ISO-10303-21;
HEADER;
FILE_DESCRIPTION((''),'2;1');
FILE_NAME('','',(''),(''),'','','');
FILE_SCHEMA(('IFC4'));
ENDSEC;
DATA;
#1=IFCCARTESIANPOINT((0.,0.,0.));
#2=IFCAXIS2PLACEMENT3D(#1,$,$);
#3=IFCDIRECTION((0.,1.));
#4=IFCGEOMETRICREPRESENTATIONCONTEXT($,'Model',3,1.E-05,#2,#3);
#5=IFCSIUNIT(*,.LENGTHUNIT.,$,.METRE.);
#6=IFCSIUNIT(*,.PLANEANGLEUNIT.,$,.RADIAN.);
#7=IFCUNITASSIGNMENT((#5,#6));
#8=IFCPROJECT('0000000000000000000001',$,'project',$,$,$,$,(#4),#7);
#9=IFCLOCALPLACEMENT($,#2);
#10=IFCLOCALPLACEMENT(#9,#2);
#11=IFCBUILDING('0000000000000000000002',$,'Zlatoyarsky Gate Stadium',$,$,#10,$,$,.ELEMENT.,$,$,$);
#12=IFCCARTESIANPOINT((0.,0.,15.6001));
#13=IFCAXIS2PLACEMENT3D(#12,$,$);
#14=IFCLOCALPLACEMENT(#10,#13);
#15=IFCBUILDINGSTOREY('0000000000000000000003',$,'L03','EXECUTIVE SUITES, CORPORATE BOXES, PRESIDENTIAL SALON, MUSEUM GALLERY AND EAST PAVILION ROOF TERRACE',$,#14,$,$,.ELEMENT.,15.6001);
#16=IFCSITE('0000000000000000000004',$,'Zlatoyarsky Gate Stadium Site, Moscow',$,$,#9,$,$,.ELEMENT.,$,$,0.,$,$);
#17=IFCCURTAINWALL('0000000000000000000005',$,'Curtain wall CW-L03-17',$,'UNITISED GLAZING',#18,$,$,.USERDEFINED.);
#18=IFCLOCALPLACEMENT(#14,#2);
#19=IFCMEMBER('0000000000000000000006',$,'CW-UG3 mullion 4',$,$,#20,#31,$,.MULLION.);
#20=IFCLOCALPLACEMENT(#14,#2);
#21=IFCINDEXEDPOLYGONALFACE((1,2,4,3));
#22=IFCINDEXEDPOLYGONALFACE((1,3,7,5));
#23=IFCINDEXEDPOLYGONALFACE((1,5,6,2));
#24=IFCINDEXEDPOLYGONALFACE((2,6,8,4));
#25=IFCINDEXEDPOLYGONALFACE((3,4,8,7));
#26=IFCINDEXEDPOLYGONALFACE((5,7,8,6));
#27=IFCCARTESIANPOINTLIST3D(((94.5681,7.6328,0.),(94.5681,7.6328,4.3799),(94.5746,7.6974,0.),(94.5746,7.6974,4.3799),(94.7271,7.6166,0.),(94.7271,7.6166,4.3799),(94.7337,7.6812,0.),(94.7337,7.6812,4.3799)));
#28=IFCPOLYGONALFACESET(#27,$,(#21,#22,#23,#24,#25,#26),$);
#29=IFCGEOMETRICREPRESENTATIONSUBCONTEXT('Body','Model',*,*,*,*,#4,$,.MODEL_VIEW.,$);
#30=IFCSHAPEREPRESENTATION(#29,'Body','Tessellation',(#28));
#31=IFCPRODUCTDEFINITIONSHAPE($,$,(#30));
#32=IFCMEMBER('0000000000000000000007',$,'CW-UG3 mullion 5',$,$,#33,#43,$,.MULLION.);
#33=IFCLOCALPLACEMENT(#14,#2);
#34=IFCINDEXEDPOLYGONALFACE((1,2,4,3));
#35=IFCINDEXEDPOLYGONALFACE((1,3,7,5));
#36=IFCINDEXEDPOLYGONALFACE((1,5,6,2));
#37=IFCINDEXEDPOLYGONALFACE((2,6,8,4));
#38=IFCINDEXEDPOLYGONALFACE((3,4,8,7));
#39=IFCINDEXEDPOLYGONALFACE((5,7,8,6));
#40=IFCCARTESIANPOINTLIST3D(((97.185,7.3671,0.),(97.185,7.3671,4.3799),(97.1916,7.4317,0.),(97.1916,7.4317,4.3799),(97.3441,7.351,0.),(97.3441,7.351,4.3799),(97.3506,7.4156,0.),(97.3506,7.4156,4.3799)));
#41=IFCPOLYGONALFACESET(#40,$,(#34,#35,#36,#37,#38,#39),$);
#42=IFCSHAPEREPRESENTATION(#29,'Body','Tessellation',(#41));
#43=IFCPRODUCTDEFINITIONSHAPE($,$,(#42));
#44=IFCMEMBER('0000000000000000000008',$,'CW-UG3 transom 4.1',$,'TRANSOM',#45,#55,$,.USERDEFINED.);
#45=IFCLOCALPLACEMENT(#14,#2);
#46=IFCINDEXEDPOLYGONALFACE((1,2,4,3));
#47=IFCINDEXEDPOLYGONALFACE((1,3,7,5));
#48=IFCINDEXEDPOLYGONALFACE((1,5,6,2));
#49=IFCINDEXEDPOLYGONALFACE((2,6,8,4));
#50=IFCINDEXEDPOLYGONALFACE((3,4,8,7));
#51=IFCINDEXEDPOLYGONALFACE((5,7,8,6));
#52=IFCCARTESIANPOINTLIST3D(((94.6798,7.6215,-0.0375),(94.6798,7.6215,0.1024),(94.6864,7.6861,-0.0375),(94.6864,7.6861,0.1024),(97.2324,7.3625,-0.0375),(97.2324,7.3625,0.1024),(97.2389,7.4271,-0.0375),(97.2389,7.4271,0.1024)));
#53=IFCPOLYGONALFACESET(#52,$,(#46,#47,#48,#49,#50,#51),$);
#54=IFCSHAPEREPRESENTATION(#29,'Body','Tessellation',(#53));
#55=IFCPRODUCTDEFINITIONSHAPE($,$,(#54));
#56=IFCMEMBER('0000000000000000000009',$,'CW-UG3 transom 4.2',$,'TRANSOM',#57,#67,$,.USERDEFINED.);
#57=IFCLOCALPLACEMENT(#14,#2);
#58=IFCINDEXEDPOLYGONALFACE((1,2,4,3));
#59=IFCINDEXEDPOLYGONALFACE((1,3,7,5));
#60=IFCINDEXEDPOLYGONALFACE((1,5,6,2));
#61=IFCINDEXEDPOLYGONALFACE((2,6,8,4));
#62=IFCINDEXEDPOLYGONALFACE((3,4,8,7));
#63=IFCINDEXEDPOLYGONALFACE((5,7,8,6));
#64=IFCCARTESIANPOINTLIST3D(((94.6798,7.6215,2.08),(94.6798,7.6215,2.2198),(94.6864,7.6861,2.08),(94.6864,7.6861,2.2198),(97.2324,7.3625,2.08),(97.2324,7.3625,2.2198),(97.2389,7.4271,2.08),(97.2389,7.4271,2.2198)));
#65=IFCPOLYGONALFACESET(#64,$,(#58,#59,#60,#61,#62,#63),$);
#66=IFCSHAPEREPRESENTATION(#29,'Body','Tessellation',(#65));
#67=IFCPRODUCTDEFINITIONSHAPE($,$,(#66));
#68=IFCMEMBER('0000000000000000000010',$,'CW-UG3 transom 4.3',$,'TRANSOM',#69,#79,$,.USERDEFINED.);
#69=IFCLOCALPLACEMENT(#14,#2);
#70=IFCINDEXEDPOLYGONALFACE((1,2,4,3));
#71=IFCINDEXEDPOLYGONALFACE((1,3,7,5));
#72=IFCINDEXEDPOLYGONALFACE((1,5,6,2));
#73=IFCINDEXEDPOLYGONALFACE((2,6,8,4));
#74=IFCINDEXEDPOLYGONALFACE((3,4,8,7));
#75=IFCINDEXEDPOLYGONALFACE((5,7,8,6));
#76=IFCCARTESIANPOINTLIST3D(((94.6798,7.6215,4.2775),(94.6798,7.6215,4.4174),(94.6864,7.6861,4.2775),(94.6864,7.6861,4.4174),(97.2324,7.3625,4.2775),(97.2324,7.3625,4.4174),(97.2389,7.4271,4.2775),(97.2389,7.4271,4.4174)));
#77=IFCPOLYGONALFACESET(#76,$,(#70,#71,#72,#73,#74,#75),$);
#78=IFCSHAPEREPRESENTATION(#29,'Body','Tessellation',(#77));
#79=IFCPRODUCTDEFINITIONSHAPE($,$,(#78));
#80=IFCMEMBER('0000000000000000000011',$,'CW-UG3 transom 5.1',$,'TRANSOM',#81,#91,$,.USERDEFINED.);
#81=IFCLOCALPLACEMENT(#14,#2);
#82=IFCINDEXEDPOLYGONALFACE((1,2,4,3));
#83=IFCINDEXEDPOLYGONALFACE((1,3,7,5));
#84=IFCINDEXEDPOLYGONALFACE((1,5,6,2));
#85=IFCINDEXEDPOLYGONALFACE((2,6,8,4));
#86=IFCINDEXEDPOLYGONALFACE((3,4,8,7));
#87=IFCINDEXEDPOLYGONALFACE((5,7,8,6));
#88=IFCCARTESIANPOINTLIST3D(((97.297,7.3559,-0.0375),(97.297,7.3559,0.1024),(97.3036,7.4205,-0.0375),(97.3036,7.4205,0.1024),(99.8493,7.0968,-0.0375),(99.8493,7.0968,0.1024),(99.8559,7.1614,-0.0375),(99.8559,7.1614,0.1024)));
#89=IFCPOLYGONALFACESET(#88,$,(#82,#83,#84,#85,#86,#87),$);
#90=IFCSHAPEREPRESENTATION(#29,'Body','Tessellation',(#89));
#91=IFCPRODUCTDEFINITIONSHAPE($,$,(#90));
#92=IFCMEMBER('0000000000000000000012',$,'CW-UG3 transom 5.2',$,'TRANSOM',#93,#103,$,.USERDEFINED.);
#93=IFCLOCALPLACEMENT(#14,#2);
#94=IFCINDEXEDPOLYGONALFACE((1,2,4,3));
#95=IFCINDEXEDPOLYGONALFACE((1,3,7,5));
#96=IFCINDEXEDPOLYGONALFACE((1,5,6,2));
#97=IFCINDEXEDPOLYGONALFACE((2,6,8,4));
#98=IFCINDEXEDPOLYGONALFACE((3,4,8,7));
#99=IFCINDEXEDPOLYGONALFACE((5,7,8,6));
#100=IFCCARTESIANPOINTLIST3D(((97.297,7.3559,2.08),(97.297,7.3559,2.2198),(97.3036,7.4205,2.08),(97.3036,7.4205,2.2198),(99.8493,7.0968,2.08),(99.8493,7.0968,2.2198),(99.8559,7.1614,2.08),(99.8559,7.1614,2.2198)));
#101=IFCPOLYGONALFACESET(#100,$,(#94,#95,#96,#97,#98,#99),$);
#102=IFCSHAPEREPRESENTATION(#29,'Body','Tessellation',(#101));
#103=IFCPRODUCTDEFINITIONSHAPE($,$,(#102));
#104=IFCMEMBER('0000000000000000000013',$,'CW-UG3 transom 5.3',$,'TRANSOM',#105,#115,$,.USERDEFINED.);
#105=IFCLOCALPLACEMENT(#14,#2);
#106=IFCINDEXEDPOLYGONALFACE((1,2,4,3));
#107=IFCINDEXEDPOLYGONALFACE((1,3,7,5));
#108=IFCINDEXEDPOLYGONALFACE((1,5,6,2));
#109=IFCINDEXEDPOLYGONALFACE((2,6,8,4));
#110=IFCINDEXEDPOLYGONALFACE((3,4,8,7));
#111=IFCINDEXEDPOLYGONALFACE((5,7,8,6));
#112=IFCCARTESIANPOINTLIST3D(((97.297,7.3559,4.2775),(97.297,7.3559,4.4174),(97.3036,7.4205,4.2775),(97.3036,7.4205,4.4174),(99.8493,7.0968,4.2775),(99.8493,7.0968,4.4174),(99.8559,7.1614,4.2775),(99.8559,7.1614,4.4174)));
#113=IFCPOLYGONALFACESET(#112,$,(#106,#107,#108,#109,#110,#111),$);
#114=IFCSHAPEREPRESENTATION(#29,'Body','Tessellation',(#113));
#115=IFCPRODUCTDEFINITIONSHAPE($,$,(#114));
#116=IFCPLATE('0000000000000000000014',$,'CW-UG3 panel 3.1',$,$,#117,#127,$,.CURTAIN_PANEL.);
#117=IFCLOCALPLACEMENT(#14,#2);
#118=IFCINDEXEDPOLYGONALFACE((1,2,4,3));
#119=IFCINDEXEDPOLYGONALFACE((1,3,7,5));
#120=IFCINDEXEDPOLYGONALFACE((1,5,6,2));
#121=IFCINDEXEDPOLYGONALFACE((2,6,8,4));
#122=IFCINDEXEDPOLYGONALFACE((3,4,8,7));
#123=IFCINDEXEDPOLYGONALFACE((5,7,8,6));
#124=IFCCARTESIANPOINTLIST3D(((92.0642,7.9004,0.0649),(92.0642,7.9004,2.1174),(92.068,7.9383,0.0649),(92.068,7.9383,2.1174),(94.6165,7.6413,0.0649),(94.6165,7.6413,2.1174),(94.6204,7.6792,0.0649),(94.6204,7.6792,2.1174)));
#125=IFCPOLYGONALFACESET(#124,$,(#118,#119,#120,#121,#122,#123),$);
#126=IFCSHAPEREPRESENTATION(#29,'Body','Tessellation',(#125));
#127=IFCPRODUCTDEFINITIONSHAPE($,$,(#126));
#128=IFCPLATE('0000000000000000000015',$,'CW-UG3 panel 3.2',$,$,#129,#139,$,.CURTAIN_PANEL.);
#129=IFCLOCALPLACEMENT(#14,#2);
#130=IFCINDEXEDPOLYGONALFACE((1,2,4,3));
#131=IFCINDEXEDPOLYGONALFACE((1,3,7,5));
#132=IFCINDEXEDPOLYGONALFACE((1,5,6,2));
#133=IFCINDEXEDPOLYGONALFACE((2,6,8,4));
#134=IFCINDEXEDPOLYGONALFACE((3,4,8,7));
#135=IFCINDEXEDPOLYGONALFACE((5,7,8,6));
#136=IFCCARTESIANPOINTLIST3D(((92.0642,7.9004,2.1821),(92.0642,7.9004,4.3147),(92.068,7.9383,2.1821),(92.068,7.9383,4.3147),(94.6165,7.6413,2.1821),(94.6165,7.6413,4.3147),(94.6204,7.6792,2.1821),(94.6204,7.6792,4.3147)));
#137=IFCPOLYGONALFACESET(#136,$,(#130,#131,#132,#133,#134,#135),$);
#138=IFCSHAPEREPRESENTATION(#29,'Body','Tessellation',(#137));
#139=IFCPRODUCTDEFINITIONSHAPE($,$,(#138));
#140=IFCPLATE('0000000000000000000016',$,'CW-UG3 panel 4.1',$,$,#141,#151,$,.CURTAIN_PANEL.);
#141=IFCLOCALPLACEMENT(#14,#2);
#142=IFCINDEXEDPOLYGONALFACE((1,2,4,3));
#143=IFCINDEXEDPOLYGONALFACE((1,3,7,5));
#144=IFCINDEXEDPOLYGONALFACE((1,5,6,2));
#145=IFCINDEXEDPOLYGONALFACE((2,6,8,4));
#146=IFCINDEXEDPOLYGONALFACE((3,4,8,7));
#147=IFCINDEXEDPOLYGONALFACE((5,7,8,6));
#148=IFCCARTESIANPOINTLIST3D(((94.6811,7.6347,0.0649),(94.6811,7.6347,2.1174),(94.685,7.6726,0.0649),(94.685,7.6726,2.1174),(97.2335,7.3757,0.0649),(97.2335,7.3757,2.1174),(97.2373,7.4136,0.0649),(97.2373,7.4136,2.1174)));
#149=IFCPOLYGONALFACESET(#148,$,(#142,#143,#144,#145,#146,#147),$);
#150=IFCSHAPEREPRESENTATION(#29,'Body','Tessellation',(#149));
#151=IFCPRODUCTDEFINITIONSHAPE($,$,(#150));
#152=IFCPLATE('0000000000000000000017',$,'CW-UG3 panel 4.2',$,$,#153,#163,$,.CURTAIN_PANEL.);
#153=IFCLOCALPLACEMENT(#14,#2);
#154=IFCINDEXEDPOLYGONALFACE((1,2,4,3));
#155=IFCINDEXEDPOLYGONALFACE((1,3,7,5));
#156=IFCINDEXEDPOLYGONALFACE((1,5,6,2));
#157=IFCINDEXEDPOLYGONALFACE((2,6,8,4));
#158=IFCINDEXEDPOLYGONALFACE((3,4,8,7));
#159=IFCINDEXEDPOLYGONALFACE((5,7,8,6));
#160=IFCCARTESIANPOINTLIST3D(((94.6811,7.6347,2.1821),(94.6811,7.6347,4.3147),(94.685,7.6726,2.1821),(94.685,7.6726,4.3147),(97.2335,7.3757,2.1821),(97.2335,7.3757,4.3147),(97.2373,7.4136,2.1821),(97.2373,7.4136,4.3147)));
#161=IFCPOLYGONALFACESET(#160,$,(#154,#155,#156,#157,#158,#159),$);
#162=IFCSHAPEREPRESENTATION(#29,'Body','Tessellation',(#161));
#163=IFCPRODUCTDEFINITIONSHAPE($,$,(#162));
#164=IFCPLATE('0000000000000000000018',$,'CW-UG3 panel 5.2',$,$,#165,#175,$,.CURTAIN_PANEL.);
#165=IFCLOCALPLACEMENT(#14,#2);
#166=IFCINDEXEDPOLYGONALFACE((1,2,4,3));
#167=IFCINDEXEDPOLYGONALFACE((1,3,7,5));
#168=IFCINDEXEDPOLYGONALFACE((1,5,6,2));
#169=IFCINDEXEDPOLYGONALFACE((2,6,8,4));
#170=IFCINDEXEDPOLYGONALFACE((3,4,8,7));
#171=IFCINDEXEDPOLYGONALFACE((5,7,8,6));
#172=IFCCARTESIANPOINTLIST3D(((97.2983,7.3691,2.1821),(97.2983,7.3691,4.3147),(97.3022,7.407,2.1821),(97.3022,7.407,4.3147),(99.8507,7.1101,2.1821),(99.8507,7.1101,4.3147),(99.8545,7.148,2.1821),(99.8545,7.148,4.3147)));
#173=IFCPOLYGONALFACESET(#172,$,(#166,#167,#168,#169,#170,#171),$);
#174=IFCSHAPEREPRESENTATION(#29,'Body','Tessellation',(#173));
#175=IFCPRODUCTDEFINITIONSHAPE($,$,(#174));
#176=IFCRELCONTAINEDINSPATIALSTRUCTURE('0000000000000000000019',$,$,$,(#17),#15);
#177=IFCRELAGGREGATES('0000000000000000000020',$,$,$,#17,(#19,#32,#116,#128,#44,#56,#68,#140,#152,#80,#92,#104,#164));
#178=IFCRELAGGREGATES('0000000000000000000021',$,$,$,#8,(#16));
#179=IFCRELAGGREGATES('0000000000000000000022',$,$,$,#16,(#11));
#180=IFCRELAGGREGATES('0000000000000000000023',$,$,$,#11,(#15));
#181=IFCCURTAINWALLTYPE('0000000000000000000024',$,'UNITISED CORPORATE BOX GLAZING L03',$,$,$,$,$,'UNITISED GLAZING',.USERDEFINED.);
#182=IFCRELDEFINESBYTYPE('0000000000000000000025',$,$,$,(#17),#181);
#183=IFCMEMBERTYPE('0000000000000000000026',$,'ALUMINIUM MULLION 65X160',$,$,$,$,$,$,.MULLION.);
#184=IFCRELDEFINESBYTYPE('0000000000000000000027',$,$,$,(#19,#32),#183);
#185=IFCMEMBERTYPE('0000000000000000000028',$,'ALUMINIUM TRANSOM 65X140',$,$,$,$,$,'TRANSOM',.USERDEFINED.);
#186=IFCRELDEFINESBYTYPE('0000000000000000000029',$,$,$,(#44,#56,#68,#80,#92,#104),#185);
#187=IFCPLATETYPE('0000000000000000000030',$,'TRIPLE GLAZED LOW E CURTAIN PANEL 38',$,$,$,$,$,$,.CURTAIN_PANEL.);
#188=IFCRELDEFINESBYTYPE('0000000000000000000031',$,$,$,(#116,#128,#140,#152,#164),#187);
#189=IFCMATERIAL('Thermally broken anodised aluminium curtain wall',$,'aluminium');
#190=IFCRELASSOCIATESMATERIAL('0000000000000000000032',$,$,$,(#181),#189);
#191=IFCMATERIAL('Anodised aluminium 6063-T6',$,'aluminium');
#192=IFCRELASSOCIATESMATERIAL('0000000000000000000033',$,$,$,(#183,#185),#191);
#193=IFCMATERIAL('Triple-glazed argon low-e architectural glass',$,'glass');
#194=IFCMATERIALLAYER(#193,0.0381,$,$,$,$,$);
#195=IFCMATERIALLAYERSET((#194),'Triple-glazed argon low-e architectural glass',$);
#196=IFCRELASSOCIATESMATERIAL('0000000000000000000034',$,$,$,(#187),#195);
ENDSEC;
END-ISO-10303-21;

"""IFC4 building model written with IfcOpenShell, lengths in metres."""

from ifc_helpers import new_model, si_unit, direction, frame, origin, origin_2d, place, context, subcontext, project, spatial, rectangle, extrude, material, layer, layer_set, material_profile, profile_set, type_object, element, aggregate, save


model = new_model("IFC4")

# Units and contexts
model_context = context("Model", 3, precision=1e-05, world=origin(), true_north=direction((0.0, 1.0)))
body_context = subcontext(model_context, "Body", "Model", "MODEL_VIEW")
ifc_project = project(units=[si_unit("LENGTHUNIT", "METRE"), si_unit("PLANEANGLEUNIT", "RADIAN")], contexts=[model_context])

# Site, building, storey
site_placement = place(None, origin())
site = spatial("IfcSite", under=ifc_project, at=site_placement, Name="Zlatoyarsky Gate Stadium Site, Moscow", CompositionType="ELEMENT", RefElevation=0.0)
building_placement = place(site_placement, origin())
building = spatial("IfcBuilding", under=site, at=building_placement, Name="Zlatoyarsky Gate Stadium", CompositionType="ELEMENT")
storey_placement = place(building_placement, frame((0.0, 0.0, 15.6001)))
storey = spatial("IfcBuildingStorey", under=building, at=storey_placement, Name="L03", Description="EXECUTIVE SUITES, CORPORATE BOXES, PRESIDENTIAL SALON, MUSEUM GALLERY AND EAST PAVILION ROOF TERRACE", CompositionType="ELEMENT", Elevation=15.6001)

# Curtain wall, members, plates
ifc_material_1 = material(Name="Thermally broken anodised aluminium curtain wall", Category="aluminium")
curtain_wall_type = type_object("IfcCurtainWallType", Name="UNITISED CORPORATE BOX GLAZING L03", ElementType="UNITISED GLAZING", PredefinedType="USERDEFINED", material=ifc_material_1)
curtain_wall_placement = place(storey_placement, origin())
curtain_wall = element("IfcCurtainWall", 1, at=curtain_wall_placement, inside=storey, type_object=curtain_wall_type, Name="Curtain wall CW-L03-17", ObjectType="UNITISED GLAZING", PredefinedType="USERDEFINED")
ifc_material_2 = material(Name="Anodised aluminium 6063-T6", Category="aluminium")
ifc_material_profile_1 = material_profile(ifc_material_2, rectangle(XDim=0.0649, YDim=0.1599, at=origin_2d()), Name="ALU 65X160")
ifc_profile_set_1 = profile_set([ifc_material_profile_1], Name="Anodised aluminium 6063-T6")
member_type_1 = type_object("IfcMemberType", Name="ALUMINIUM MULLION 65X160", PredefinedType="MULLION", material=ifc_profile_set_1)
member_1_placement = place(storey_placement, frame((94.6509, 7.657, 0.0), z_axis=(0.0, 0.0, 1.0), x_axis=(0.100968, 0.99489, 0.0)))
member_1 = element("IfcMember", 2, at=member_1_placement, type_object=member_type_1, Name="CW-UG3 mullion 4", PredefinedType="MULLION", context=body_context, shape_type="SweptSolid", body=[
    extrude(rectangle(XDim=0.0649, YDim=0.1599, at=origin_2d()), origin(), (0.0, 0.0, 1.0), 4.3799),
])
member_2_placement = place(storey_placement, frame((97.2678, 7.3914, 0.0), z_axis=(0.0, 0.0, 1.0), x_axis=(0.100968, 0.99489, 0.0)))
member_2 = element("IfcMember", 3, at=member_2_placement, type_object=member_type_1, Name="CW-UG3 mullion 5", PredefinedType="MULLION", context=body_context, shape_type="SweptSolid", body=[
    extrude(rectangle(XDim=0.0649, YDim=0.1599, at=origin_2d()), origin(), (0.0, 0.0, 1.0), 4.3799),
])
ifc_material_profile_2 = material_profile(ifc_material_2, rectangle(XDim=0.0649, YDim=0.1399, at=origin_2d()), Name="ALU 65X140")
ifc_profile_set_2 = profile_set([ifc_material_profile_2], Name="Anodised aluminium 6063-T6")
member_type_2 = type_object("IfcMemberType", Name="ALUMINIUM TRANSOM 65X140", ElementType="TRANSOM", PredefinedType="USERDEFINED", material=ifc_profile_set_2)
member_3_placement = place(storey_placement, frame((94.6831, 7.6538, 0.0325), z_axis=(0.99489, -0.100964, 0.0), x_axis=(0.100964, 0.99489, 0.0)))
member_3 = element("IfcMember", 4, at=member_3_placement, type_object=member_type_2, Name="CW-UG3 transom 4.1", ObjectType="TRANSOM", PredefinedType="USERDEFINED", context=body_context, shape_type="SweptSolid", body=[
    extrude(rectangle(XDim=0.0649, YDim=0.1399, at=origin_2d()), origin(), (0.0, 0.0, 1.0), 2.5657),
])
member_4_placement = place(storey_placement, frame((94.6831, 7.6538, 2.1499), z_axis=(0.99489, -0.100964, 0.0), x_axis=(0.100964, 0.99489, 0.0)))
member_4 = element("IfcMember", 5, at=member_4_placement, type_object=member_type_2, Name="CW-UG3 transom 4.2", ObjectType="TRANSOM", PredefinedType="USERDEFINED", context=body_context, shape_type="SweptSolid", body=[
    extrude(rectangle(XDim=0.0649, YDim=0.1399, at=origin_2d()), origin(), (0.0, 0.0, 1.0), 2.5657),
])
member_5_placement = place(storey_placement, frame((94.6831, 7.6538, 4.3474), z_axis=(0.99489, -0.100964, 0.0), x_axis=(0.100964, 0.99489, 0.0)))
member_5 = element("IfcMember", 6, at=member_5_placement, type_object=member_type_2, Name="CW-UG3 transom 4.3", ObjectType="TRANSOM", PredefinedType="USERDEFINED", context=body_context, shape_type="SweptSolid", body=[
    extrude(rectangle(XDim=0.0649, YDim=0.1399, at=origin_2d()), origin(), (0.0, 0.0, 1.0), 2.5657),
])
member_6_placement = place(storey_placement, frame((97.3003, 7.3882, 0.0325), z_axis=(0.994889, -0.100974, 0.0), x_axis=(0.100974, 0.994889, 0.0)))
member_6 = element("IfcMember", 7, at=member_6_placement, type_object=member_type_2, Name="CW-UG3 transom 5.1", ObjectType="TRANSOM", PredefinedType="USERDEFINED", context=body_context, shape_type="SweptSolid", body=[
    extrude(rectangle(XDim=0.0649, YDim=0.1399, at=origin_2d()), origin(), (0.0, 0.0, 1.0), 2.5654),
])
member_7_placement = place(storey_placement, frame((97.3003, 7.3882, 2.1499), z_axis=(0.994889, -0.100974, 0.0), x_axis=(0.100974, 0.994889, 0.0)))
member_7 = element("IfcMember", 8, at=member_7_placement, type_object=member_type_2, Name="CW-UG3 transom 5.2", ObjectType="TRANSOM", PredefinedType="USERDEFINED", context=body_context, shape_type="SweptSolid", body=[
    extrude(rectangle(XDim=0.0649, YDim=0.1399, at=origin_2d()), origin(), (0.0, 0.0, 1.0), 2.5654),
])
member_8_placement = place(storey_placement, frame((97.3003, 7.3882, 4.3474), z_axis=(0.994889, -0.100974, 0.0), x_axis=(0.100974, 0.994889, 0.0)))
member_8 = element("IfcMember", 9, at=member_8_placement, type_object=member_type_2, Name="CW-UG3 transom 5.3", ObjectType="TRANSOM", PredefinedType="USERDEFINED", context=body_context, shape_type="SweptSolid", body=[
    extrude(rectangle(XDim=0.0649, YDim=0.1399, at=origin_2d()), origin(), (0.0, 0.0, 1.0), 2.5654),
])
ifc_material_3 = material(Name="Triple-glazed argon low-e architectural glass", Category="glass")
ifc_layer_1 = layer(ifc_material_3, 0.0381)
ifc_layer_set_1 = layer_set([ifc_layer_1], Name="Triple-glazed argon low-e architectural glass")
plate_type = type_object("IfcPlateType", Name="TRIPLE GLAZED LOW E CURTAIN PANEL 38", PredefinedType="CURTAIN_PANEL", material=ifc_layer_set_1)
plate_1_placement = place(storey_placement, frame((93.3423, 7.7898, 0.0649), z_axis=(0.0, 0.0, 1.0), x_axis=(0.99489, -0.100968, 0.0)))
plate_1 = element("IfcPlate", 10, at=plate_1_placement, type_object=plate_type, Name="CW-UG3 panel 3.1", PredefinedType="CURTAIN_PANEL", context=body_context, shape_type="SweptSolid", body=[
    extrude(rectangle(XDim=2.5654, YDim=0.0381, at=origin_2d()), origin(), (0.0, 0.0, 1.0), 2.0525),
])
plate_2_placement = place(storey_placement, frame((93.3423, 7.7898, 2.1821), z_axis=(0.0, 0.0, 1.0), x_axis=(0.99489, -0.100968, 0.0)))
plate_2 = element("IfcPlate", 11, at=plate_2_placement, type_object=plate_type, Name="CW-UG3 panel 3.2", PredefinedType="CURTAIN_PANEL", context=body_context, shape_type="SweptSolid", body=[
    extrude(rectangle(XDim=2.5654, YDim=0.0381, at=origin_2d()), origin(), (0.0, 0.0, 1.0), 2.1326),
])
plate_3_placement = place(storey_placement, frame((95.9592, 7.5242, 0.0649), z_axis=(0.0, 0.0, 1.0), x_axis=(0.99489, -0.100968, 0.0)))
plate_3 = element("IfcPlate", 12, at=plate_3_placement, type_object=plate_type, Name="CW-UG3 panel 4.1", PredefinedType="CURTAIN_PANEL", context=body_context, shape_type="SweptSolid", body=[
    extrude(rectangle(XDim=2.5654, YDim=0.0381, at=origin_2d()), origin(), (0.0, 0.0, 1.0), 2.0525),
])
plate_4_placement = place(storey_placement, frame((95.9592, 7.5242, 2.1821), z_axis=(0.0, 0.0, 1.0), x_axis=(0.99489, -0.100968, 0.0)))
plate_4 = element("IfcPlate", 13, at=plate_4_placement, type_object=plate_type, Name="CW-UG3 panel 4.2", PredefinedType="CURTAIN_PANEL", context=body_context, shape_type="SweptSolid", body=[
    extrude(rectangle(XDim=2.5654, YDim=0.0381, at=origin_2d()), origin(), (0.0, 0.0, 1.0), 2.1326),
])
plate_5_placement = place(storey_placement, frame((98.5764, 7.2585, 2.1821), z_axis=(0.0, 0.0, 1.0), x_axis=(0.99489, -0.100968, 0.0)))
plate_5 = element("IfcPlate", 14, at=plate_5_placement, type_object=plate_type, Name="CW-UG3 panel 5.2", PredefinedType="CURTAIN_PANEL", context=body_context, shape_type="SweptSolid", body=[
    extrude(rectangle(XDim=2.5654, YDim=0.0381, at=origin_2d()), origin(), (0.0, 0.0, 1.0), 2.1326),
])
aggregate(curtain_wall, [member_1, member_2, plate_1, plate_2, member_3, member_4, member_5, plate_3, plate_4, member_6, member_7, member_8, plate_5])

save(model, "model.ifc")
